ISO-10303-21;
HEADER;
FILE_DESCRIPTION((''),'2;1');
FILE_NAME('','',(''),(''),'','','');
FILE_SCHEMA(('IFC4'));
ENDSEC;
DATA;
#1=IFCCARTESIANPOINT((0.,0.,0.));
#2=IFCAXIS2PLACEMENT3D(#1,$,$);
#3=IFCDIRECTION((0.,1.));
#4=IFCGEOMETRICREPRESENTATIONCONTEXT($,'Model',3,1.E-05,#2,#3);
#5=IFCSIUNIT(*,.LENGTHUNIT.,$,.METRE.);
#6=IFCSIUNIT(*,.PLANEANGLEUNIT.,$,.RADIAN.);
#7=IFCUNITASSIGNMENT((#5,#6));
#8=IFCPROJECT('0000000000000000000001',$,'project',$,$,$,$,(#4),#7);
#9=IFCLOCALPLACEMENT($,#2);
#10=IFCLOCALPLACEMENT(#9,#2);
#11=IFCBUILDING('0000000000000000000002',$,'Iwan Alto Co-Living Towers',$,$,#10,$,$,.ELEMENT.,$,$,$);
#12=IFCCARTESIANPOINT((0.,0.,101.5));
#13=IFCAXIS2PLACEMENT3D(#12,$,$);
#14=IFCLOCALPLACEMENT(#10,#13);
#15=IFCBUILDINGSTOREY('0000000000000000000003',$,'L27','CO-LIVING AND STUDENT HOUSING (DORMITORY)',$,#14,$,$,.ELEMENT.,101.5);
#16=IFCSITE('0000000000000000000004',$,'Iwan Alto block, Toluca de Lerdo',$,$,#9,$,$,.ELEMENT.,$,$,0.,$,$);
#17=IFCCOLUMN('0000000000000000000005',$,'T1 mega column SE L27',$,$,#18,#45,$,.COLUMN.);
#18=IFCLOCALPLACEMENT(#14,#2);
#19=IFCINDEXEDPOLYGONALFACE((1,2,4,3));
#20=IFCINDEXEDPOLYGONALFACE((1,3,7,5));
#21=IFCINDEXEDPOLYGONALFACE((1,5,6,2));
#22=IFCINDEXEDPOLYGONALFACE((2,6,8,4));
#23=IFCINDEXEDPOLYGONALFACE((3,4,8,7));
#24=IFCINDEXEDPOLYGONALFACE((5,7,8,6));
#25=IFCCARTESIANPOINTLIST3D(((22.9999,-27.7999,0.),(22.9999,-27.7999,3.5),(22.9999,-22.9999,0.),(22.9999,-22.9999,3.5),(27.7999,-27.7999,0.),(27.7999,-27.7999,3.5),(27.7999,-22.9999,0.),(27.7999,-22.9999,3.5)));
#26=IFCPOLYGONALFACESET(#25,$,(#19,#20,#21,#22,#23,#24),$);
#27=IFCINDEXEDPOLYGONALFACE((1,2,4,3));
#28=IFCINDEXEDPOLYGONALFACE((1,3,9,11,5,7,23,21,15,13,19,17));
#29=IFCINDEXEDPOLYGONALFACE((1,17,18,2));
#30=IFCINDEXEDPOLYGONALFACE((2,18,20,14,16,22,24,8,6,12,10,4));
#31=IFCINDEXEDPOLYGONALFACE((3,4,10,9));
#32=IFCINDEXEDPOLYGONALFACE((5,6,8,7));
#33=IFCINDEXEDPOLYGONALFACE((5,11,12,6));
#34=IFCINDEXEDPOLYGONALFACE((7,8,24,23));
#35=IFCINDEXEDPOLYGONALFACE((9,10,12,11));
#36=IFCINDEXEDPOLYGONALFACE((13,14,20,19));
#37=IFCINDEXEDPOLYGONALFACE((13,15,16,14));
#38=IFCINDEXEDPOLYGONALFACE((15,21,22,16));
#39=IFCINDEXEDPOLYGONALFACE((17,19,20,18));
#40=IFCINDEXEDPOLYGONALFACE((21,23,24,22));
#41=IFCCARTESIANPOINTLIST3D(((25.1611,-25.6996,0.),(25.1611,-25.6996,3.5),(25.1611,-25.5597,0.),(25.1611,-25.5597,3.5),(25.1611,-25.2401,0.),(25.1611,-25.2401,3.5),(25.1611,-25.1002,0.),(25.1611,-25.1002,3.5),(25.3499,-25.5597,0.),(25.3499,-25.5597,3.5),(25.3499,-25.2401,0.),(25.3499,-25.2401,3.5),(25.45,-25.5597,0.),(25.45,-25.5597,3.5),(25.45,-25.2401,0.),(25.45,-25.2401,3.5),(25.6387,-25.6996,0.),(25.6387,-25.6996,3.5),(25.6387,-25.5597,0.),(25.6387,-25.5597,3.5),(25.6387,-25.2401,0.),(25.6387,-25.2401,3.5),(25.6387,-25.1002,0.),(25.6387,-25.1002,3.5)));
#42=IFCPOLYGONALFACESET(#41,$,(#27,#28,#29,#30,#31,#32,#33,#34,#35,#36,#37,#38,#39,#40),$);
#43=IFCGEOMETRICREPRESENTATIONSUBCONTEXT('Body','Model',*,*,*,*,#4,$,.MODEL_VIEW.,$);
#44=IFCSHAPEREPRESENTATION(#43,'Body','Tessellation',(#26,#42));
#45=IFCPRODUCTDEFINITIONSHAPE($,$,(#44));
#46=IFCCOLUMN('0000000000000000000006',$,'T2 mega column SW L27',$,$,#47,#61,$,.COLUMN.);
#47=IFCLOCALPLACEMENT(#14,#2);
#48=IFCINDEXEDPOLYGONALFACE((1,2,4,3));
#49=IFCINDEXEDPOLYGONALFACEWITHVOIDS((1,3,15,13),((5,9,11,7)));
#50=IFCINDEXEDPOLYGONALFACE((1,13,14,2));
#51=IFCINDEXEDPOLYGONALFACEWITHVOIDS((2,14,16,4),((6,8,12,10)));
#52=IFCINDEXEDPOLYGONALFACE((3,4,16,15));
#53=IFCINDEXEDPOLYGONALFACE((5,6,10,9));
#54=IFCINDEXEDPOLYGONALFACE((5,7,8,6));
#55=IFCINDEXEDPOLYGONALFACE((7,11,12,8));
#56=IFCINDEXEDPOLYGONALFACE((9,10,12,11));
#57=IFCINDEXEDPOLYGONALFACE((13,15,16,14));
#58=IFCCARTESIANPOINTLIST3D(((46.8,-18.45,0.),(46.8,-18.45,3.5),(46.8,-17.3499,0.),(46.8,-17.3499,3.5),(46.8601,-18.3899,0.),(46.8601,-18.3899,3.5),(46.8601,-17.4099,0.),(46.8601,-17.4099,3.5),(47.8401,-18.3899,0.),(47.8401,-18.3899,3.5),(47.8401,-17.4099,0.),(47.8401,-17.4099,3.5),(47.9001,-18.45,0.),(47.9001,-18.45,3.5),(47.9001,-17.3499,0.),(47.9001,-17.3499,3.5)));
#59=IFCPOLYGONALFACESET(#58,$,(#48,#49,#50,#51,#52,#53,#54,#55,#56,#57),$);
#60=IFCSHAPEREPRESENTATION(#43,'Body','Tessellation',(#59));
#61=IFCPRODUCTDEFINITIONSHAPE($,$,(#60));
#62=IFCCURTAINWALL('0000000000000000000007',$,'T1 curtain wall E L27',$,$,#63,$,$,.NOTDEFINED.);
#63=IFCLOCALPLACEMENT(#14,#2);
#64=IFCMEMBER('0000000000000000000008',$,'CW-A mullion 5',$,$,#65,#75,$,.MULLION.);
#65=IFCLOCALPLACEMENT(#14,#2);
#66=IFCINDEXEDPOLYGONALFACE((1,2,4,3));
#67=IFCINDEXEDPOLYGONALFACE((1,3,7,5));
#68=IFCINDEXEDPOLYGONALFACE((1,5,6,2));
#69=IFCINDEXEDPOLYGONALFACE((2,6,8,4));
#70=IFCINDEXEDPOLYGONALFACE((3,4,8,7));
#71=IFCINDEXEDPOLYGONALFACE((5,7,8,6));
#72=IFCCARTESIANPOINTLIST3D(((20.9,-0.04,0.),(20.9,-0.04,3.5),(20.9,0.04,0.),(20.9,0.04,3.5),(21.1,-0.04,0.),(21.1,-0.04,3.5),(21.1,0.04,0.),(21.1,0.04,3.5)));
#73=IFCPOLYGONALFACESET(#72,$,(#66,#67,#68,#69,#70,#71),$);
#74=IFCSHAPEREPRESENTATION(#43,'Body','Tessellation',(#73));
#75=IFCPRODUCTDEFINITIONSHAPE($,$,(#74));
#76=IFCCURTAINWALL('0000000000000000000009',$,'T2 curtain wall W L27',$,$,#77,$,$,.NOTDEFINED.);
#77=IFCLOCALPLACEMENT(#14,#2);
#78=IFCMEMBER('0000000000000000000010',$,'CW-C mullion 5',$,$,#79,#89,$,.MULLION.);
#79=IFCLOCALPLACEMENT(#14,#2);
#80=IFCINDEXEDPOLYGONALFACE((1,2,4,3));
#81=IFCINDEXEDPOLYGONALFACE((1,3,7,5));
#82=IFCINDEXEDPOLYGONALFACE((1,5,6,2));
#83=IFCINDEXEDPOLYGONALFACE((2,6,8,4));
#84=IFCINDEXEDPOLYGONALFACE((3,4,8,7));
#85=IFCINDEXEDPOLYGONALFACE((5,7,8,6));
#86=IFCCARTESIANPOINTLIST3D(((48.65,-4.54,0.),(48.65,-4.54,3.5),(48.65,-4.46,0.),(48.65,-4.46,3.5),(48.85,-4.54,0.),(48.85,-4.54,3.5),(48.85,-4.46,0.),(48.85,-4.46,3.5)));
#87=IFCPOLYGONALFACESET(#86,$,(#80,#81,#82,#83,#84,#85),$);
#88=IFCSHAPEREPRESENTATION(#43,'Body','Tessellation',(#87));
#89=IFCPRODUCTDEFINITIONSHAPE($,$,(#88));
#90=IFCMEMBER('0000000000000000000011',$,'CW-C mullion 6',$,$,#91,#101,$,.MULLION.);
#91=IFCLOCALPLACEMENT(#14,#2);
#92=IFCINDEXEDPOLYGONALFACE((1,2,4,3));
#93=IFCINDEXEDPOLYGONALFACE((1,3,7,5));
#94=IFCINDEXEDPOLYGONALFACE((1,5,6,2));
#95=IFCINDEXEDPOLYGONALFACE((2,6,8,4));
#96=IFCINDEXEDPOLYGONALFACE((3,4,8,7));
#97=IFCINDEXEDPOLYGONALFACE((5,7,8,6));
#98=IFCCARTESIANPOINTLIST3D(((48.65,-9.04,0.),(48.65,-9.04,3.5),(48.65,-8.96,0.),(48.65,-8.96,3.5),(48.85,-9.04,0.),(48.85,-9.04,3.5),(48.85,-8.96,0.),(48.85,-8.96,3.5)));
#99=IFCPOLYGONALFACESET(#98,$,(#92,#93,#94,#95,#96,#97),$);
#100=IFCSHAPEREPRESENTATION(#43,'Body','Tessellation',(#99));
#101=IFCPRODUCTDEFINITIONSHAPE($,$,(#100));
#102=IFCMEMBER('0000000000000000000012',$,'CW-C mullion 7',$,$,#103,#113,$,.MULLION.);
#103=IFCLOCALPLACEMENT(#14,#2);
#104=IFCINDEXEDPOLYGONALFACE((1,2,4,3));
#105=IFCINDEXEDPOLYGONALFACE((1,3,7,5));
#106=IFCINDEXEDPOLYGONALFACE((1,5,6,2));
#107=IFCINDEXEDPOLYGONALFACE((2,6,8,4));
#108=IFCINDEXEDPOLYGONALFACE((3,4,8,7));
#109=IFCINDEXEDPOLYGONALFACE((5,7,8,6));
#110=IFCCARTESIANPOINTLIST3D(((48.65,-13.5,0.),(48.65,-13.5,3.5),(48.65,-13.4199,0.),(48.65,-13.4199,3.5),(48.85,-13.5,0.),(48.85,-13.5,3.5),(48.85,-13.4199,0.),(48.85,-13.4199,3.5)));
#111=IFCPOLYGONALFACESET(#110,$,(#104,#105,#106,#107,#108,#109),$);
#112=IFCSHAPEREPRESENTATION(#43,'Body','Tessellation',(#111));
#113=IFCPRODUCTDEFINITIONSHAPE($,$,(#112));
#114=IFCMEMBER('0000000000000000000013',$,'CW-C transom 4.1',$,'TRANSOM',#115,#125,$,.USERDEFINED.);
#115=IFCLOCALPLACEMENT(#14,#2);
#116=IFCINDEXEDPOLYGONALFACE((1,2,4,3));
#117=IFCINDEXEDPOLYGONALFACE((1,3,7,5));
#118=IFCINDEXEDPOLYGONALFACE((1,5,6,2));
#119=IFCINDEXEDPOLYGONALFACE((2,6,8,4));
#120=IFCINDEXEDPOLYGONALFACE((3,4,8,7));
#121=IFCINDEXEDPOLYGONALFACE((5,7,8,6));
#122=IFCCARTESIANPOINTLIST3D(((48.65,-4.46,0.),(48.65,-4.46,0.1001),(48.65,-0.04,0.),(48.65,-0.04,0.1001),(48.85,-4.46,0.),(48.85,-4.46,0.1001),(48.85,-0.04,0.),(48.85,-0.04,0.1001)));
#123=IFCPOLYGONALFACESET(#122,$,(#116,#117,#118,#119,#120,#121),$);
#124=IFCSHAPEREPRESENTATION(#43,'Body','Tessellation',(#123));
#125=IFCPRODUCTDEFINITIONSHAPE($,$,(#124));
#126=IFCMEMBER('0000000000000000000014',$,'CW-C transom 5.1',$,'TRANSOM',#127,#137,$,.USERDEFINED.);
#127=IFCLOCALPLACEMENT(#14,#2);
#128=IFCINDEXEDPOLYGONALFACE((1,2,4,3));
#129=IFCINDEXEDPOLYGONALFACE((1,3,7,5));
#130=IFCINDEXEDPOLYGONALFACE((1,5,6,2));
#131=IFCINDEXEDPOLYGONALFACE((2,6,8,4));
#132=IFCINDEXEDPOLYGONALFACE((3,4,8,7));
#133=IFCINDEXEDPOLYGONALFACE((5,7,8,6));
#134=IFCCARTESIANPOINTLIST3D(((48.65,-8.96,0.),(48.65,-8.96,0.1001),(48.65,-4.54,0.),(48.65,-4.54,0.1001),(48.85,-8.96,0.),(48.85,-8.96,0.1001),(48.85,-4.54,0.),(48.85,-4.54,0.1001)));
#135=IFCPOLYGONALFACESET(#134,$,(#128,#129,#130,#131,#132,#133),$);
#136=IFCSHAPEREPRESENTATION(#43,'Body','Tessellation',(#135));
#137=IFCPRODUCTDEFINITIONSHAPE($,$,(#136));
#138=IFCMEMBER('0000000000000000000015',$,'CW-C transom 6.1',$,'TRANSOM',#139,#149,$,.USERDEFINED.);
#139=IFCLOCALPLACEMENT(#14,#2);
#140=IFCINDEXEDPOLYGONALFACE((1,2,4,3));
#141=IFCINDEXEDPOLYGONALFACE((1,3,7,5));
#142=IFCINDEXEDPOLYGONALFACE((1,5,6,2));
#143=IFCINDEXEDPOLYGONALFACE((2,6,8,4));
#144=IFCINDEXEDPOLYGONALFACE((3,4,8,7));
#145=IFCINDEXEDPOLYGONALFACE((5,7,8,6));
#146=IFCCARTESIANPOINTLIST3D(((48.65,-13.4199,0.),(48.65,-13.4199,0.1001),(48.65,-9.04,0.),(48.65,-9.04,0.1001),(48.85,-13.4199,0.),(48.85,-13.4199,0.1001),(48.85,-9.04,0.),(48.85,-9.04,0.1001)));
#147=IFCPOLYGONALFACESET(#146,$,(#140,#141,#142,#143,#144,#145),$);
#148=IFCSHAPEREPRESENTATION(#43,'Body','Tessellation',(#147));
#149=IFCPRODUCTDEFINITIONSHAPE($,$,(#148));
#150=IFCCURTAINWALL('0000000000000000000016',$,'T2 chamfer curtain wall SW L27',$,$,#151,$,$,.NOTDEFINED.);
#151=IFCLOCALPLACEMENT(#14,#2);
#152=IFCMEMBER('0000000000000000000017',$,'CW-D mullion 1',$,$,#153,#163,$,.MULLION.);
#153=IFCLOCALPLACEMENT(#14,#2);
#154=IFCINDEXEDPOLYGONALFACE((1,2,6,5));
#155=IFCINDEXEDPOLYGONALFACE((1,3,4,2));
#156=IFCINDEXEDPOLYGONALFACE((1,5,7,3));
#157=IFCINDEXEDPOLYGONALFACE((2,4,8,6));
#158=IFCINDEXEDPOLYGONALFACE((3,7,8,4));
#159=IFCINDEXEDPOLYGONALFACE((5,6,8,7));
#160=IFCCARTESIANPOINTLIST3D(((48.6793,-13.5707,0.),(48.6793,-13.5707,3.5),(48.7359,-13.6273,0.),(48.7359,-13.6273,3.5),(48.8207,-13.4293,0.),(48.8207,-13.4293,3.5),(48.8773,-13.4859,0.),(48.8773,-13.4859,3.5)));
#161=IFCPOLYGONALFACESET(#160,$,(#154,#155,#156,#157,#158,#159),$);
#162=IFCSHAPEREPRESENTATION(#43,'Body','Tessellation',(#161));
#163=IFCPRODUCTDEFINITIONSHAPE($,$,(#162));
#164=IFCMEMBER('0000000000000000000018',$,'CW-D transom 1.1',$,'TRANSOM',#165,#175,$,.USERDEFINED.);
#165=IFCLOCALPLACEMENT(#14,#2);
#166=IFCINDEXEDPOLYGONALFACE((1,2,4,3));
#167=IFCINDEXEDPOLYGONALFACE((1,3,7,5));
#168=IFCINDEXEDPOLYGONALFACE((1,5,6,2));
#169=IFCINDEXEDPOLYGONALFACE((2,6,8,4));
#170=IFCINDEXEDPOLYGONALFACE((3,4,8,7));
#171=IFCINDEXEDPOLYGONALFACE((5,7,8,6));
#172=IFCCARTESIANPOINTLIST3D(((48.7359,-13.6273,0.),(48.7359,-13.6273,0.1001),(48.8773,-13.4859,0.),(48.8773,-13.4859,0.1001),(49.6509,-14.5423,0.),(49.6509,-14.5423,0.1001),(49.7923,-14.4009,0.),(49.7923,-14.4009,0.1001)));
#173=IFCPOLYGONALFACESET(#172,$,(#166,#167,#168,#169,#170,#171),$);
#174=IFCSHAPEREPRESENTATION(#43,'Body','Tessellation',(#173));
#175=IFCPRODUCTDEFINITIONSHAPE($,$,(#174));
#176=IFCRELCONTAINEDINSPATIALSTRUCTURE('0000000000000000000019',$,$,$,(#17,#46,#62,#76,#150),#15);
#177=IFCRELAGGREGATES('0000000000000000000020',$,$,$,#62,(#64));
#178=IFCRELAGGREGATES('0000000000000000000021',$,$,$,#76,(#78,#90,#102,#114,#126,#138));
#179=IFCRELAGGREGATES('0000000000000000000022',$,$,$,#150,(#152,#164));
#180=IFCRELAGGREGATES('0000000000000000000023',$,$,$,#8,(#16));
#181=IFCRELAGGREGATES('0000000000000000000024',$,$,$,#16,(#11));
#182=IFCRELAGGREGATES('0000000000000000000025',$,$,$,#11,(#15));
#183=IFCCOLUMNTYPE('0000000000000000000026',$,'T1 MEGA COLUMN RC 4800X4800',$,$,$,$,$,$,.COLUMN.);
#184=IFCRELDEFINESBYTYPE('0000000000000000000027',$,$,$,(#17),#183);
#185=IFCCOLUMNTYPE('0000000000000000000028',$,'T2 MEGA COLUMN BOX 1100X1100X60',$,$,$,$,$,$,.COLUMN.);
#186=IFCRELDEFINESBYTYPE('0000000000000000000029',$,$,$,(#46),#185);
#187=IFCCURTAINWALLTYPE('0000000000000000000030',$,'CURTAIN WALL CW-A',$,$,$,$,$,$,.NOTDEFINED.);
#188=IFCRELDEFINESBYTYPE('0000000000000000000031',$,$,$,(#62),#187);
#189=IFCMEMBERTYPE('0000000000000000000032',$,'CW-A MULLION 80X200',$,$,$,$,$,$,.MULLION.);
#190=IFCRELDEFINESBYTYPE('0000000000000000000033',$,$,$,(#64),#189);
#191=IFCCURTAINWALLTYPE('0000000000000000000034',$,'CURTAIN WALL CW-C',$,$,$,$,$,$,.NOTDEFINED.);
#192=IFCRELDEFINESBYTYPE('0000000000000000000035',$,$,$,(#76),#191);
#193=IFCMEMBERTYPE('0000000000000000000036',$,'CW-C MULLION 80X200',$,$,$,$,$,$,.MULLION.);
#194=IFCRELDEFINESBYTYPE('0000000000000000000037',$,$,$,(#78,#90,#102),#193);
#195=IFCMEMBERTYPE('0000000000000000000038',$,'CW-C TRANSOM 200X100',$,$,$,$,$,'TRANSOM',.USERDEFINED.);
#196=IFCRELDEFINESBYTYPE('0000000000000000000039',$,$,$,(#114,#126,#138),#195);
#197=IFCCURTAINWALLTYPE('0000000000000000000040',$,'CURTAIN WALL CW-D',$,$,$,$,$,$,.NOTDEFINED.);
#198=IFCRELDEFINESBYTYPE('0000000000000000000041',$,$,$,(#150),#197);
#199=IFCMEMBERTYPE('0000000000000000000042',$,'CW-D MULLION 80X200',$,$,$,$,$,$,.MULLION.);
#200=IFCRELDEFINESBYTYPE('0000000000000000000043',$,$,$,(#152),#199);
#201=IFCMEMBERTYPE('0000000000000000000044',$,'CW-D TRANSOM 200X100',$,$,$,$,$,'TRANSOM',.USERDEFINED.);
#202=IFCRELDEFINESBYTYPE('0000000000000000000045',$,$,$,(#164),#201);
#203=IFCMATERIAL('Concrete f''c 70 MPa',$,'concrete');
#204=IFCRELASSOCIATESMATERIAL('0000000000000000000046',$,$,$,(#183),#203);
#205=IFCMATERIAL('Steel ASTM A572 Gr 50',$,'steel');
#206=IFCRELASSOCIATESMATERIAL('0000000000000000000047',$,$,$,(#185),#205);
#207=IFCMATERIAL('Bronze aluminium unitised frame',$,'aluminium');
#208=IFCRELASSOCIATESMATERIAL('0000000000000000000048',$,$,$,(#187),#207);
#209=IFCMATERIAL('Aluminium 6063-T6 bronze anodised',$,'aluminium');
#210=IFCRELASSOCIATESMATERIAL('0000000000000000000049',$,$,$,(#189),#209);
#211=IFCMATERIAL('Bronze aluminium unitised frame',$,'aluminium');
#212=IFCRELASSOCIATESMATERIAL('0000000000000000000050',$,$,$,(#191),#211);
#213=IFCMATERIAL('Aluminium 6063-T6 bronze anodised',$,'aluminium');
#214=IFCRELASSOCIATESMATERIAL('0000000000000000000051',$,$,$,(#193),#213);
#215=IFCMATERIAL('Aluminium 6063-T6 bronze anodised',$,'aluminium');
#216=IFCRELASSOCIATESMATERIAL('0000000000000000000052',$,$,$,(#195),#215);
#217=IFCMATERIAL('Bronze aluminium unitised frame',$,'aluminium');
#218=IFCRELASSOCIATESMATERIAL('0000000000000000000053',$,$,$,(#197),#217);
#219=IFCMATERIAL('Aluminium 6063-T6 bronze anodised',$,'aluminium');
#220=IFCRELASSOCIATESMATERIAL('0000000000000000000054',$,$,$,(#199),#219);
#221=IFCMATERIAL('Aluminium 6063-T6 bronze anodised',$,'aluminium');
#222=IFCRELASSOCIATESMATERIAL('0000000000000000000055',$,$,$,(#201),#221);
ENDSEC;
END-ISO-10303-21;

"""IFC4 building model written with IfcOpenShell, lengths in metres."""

from ifc_helpers import new_model, si_unit, direction, frame, origin, origin_2d, place, context, subcontext, project, spatial, rectangle, hollow_rectangle, i_section, extrude, material, material_profile, profile_set, type_object, element, aggregate, save


model = new_model("IFC4")

# Units and contexts
model_context = context("Model", 3, precision=1e-05, world=origin(), true_north=direction((0.0, 1.0)))
body_context = subcontext(model_context, "Body", "Model", "MODEL_VIEW")
ifc_project = project(units=[si_unit("LENGTHUNIT", "METRE"), si_unit("PLANEANGLEUNIT", "RADIAN")], contexts=[model_context])

# Site, building, storey
site_placement = place(None, origin())
site = spatial("IfcSite", under=ifc_project, at=site_placement, Name="Iwan Alto block, Toluca de Lerdo", CompositionType="ELEMENT", RefElevation=0.0)
building_placement = place(site_placement, origin())
building = spatial("IfcBuilding", under=site, at=building_placement, Name="Iwan Alto Co-Living Towers", CompositionType="ELEMENT")
storey_placement = place(building_placement, frame((0.0, 0.0, 101.5)))
storey = spatial("IfcBuildingStorey", under=building, at=storey_placement, Name="L27", Description="CO-LIVING AND STUDENT HOUSING (DORMITORY)", CompositionType="ELEMENT", Elevation=101.5)

# Columns
ifc_material_1 = material(Name="Concrete f'c 70 MPa", Category="concrete")
ifc_material_profile_1 = material_profile(ifc_material_1, rectangle(XDim=4.8, YDim=4.8, at=origin_2d()), Name="RC 4800X4800")
ifc_profile_set_1 = profile_set([ifc_material_profile_1], Name="Concrete f'c 70 MPa")
column_type_1 = type_object("IfcColumnType", Name="T1 MEGA COLUMN RC 4800X4800", PredefinedType="COLUMN", material=ifc_profile_set_1)
column_1_placement = place(storey_placement, frame((25.3999, -25.3999, 0.0), z_axis=(0.0, 0.0, 1.0), x_axis=(1.0, 0.0, 0.0)))
element("IfcColumn", 1, at=column_1_placement, inside=storey, type_object=column_type_1, Name="T1 mega column SE L27", PredefinedType="COLUMN", context=body_context, shape_type="SweptSolid", body=[
    extrude(rectangle(XDim=4.8, YDim=4.8, at=origin_2d()), origin(), (0.0, 0.0, 1.0), 3.5),
    extrude(i_section(OverallWidth=0.4775, OverallDepth=0.5994, WebThickness=0.1001, FlangeThickness=0.1399, at=origin_2d()), origin(), (0.0, 0.0, 1.0), 3.5),
])
ifc_material_2 = material(Name="Steel ASTM A572 Gr 50", Category="steel")
ifc_material_profile_2 = material_profile(ifc_material_2, hollow_rectangle(XDim=1.1001, YDim=1.1001, WallThickness=0.0601, at=origin_2d()), Name="BOX 1100X1100X60")
ifc_profile_set_2 = profile_set([ifc_material_profile_2], Name="Steel ASTM A572 Gr 50")
column_type_2 = type_object("IfcColumnType", Name="T2 MEGA COLUMN BOX 1100X1100X60", PredefinedType="COLUMN", material=ifc_profile_set_2)
column_2_placement = place(storey_placement, frame((47.3501, -17.8999, 0.0), z_axis=(0.0, 0.0, 1.0), x_axis=(1.0, 0.0, 0.0)))
element("IfcColumn", 2, at=column_2_placement, inside=storey, type_object=column_type_2, Name="T2 mega column SW L27", PredefinedType="COLUMN", context=body_context, shape_type="SweptSolid", body=[
    extrude(hollow_rectangle(XDim=1.1001, YDim=1.1001, WallThickness=0.0601, at=origin_2d()), origin(), (0.0, 0.0, 1.0), 3.5),
])

# Curtain wall, member
ifc_material_3 = material(Name="Bronze aluminium unitised frame", Category="aluminium")
curtain_wall_type_1 = type_object("IfcCurtainWallType", Name="CURTAIN WALL CW-A", PredefinedType="NOTDEFINED", material=ifc_material_3)
curtain_wall_1_placement = place(storey_placement, origin())
curtain_wall_1 = element("IfcCurtainWall", 3, at=curtain_wall_1_placement, inside=storey, type_object=curtain_wall_type_1, Name="T1 curtain wall E L27", PredefinedType="NOTDEFINED")
ifc_material_4 = material(Name="Aluminium 6063-T6 bronze anodised", Category="aluminium")
ifc_material_profile_3 = material_profile(ifc_material_4, rectangle(XDim=0.2, YDim=0.0801, at=origin_2d()), Name="AL 80X200")
ifc_profile_set_3 = profile_set([ifc_material_profile_3], Name="Aluminium 6063-T6 bronze anodised")
member_type_1 = type_object("IfcMemberType", Name="CW-A MULLION 80X200", PredefinedType="MULLION", material=ifc_profile_set_3)
member_1_placement = place(storey_placement, frame((21.0, 0.0, 0.0), z_axis=(0.0, 0.0, 1.0), x_axis=(-1.0, 0.0, 0.0)))
member_1 = element("IfcMember", 4, at=member_1_placement, type_object=member_type_1, Name="CW-A mullion 5", PredefinedType="MULLION", context=body_context, shape_type="SweptSolid", body=[
    extrude(rectangle(XDim=0.2, YDim=0.0801, at=origin_2d()), origin(), (0.0, 0.0, 1.0), 3.5),
])
aggregate(curtain_wall_1, [member_1])

# Curtain walls, members
ifc_material_5 = material(Name="Bronze aluminium unitised frame", Category="aluminium")
curtain_wall_type_2 = type_object("IfcCurtainWallType", Name="CURTAIN WALL CW-C", PredefinedType="NOTDEFINED", material=ifc_material_5)
curtain_wall_2_placement = place(storey_placement, origin())
curtain_wall_2 = element("IfcCurtainWall", 5, at=curtain_wall_2_placement, inside=storey, type_object=curtain_wall_type_2, Name="T2 curtain wall W L27", PredefinedType="NOTDEFINED")
ifc_material_6 = material(Name="Aluminium 6063-T6 bronze anodised", Category="aluminium")
ifc_material_profile_4 = material_profile(ifc_material_6, rectangle(XDim=0.2, YDim=0.0801, at=origin_2d()), Name="AL 80X200")
ifc_profile_set_4 = profile_set([ifc_material_profile_4], Name="Aluminium 6063-T6 bronze anodised")
member_type_2 = type_object("IfcMemberType", Name="CW-C MULLION 80X200", PredefinedType="MULLION", material=ifc_profile_set_4)
member_2_placement = place(storey_placement, frame((48.75, -4.5, 0.0), z_axis=(0.0, 0.0, 1.0), x_axis=(1.0, 0.0, 0.0)))
member_2 = element("IfcMember", 6, at=member_2_placement, type_object=member_type_2, Name="CW-C mullion 5", PredefinedType="MULLION", context=body_context, shape_type="SweptSolid", body=[
    extrude(rectangle(XDim=0.2, YDim=0.0801, at=origin_2d()), origin(), (0.0, 0.0, 1.0), 3.5),
])
member_3_placement = place(storey_placement, frame((48.75, -9.0, 0.0), z_axis=(0.0, 0.0, 1.0), x_axis=(1.0, 0.0, 0.0)))
member_3 = element("IfcMember", 7, at=member_3_placement, type_object=member_type_2, Name="CW-C mullion 6", PredefinedType="MULLION", context=body_context, shape_type="SweptSolid", body=[
    extrude(rectangle(XDim=0.2, YDim=0.0801, at=origin_2d()), origin(), (0.0, 0.0, 1.0), 3.5),
])
member_4_placement = place(storey_placement, frame((48.75, -13.46, 0.0), z_axis=(0.0, 0.0, 1.0), x_axis=(1.0, 0.0, 0.0)))
member_4 = element("IfcMember", 8, at=member_4_placement, type_object=member_type_2, Name="CW-C mullion 7", PredefinedType="MULLION", context=body_context, shape_type="SweptSolid", body=[
    extrude(rectangle(XDim=0.2, YDim=0.0801, at=origin_2d()), origin(), (0.0, 0.0, 1.0), 3.5),
])
ifc_material_7 = material(Name="Aluminium 6063-T6 bronze anodised", Category="aluminium")
ifc_material_profile_5 = material_profile(ifc_material_7, rectangle(XDim=0.2, YDim=0.1001, at=origin_2d()), Name="AL 200X100")
ifc_profile_set_5 = profile_set([ifc_material_profile_5], Name="Aluminium 6063-T6 bronze anodised")
member_type_3 = type_object("IfcMemberType", Name="CW-C TRANSOM 200X100", ElementType="TRANSOM", PredefinedType="USERDEFINED", material=ifc_profile_set_5)
member_5_placement = place(storey_placement, frame((48.75, -0.04, 0.05), z_axis=(0.0, -1.0, 0.0), x_axis=(1.0, 0.0, 0.0)))
member_5 = element("IfcMember", 9, at=member_5_placement, type_object=member_type_3, Name="CW-C transom 4.1", ObjectType="TRANSOM", PredefinedType="USERDEFINED", context=body_context, shape_type="SweptSolid", body=[
    extrude(rectangle(XDim=0.2, YDim=0.1001, at=origin_2d()), origin(), (0.0, 0.0, 1.0), 4.4199),
])
member_6_placement = place(storey_placement, frame((48.75, -4.54, 0.05), z_axis=(0.0, -1.0, 0.0), x_axis=(1.0, 0.0, 0.0)))
member_6 = element("IfcMember", 10, at=member_6_placement, type_object=member_type_3, Name="CW-C transom 5.1", ObjectType="TRANSOM", PredefinedType="USERDEFINED", context=body_context, shape_type="SweptSolid", body=[
    extrude(rectangle(XDim=0.2, YDim=0.1001, at=origin_2d()), origin(), (0.0, 0.0, 1.0), 4.4199),
])
member_7_placement = place(storey_placement, frame((48.75, -9.04, 0.05), z_axis=(0.0, -1.0, 0.0), x_axis=(1.0, 0.0, 0.0)))
member_7 = element("IfcMember", 11, at=member_7_placement, type_object=member_type_3, Name="CW-C transom 6.1", ObjectType="TRANSOM", PredefinedType="USERDEFINED", context=body_context, shape_type="SweptSolid", body=[
    extrude(rectangle(XDim=0.2, YDim=0.1001, at=origin_2d()), origin(), (0.0, 0.0, 1.0), 4.3799),
])
ifc_material_8 = material(Name="Bronze aluminium unitised frame", Category="aluminium")
curtain_wall_type_3 = type_object("IfcCurtainWallType", Name="CURTAIN WALL CW-D", PredefinedType="NOTDEFINED", material=ifc_material_8)
curtain_wall_3_placement = place(storey_placement, origin())
curtain_wall_3 = element("IfcCurtainWall", 12, at=curtain_wall_3_placement, inside=storey, type_object=curtain_wall_type_3, Name="T2 chamfer curtain wall SW L27", PredefinedType="NOTDEFINED")
ifc_material_9 = material(Name="Aluminium 6063-T6 bronze anodised", Category="aluminium")
ifc_material_profile_6 = material_profile(ifc_material_9, rectangle(XDim=0.2, YDim=0.0801, at=origin_2d()), Name="AL 80X200")
ifc_profile_set_6 = profile_set([ifc_material_profile_6], Name="Aluminium 6063-T6 bronze anodised")
member_type_4 = type_object("IfcMemberType", Name="CW-D MULLION 80X200", PredefinedType="MULLION", material=ifc_profile_set_6)
member_8_placement = place(storey_placement, frame((48.7783, -13.5283, 0.0), z_axis=(0.0, 0.0, 1.0), x_axis=(0.707107, 0.707107, 0.0)))
member_8 = element("IfcMember", 13, at=member_8_placement, type_object=member_type_4, Name="CW-D mullion 1", PredefinedType="MULLION", context=body_context, shape_type="SweptSolid", body=[
    extrude(rectangle(XDim=0.2, YDim=0.0801, at=origin_2d()), origin(), (0.0, 0.0, 1.0), 3.5),
])
ifc_material_10 = material(Name="Aluminium 6063-T6 bronze anodised", Category="aluminium")
ifc_material_profile_7 = material_profile(ifc_material_10, rectangle(XDim=0.2, YDim=0.1001, at=origin_2d()), Name="AL 200X100")
ifc_profile_set_7 = profile_set([ifc_material_profile_7], Name="Aluminium 6063-T6 bronze anodised")
member_type_5 = type_object("IfcMemberType", Name="CW-D TRANSOM 200X100", ElementType="TRANSOM", PredefinedType="USERDEFINED", material=ifc_profile_set_7)
member_9_placement = place(storey_placement, frame((48.8066, -13.5566, 0.05), z_axis=(0.707107, -0.707107, 0.0), x_axis=(0.707107, 0.707107, 0.0)))
member_9 = element("IfcMember", 14, at=member_9_placement, type_object=member_type_5, Name="CW-D transom 1.1", ObjectType="TRANSOM", PredefinedType="USERDEFINED", context=body_context, shape_type="SweptSolid", body=[
    extrude(rectangle(XDim=0.2, YDim=0.1001, at=origin_2d()), origin(), (0.0, 0.0, 1.0), 1.2939),
])

aggregate(curtain_wall_2, [member_2, member_3, member_4, member_5, member_6, member_7])
aggregate(curtain_wall_3, [member_8, member_9])

save(model, "model.ifc")
